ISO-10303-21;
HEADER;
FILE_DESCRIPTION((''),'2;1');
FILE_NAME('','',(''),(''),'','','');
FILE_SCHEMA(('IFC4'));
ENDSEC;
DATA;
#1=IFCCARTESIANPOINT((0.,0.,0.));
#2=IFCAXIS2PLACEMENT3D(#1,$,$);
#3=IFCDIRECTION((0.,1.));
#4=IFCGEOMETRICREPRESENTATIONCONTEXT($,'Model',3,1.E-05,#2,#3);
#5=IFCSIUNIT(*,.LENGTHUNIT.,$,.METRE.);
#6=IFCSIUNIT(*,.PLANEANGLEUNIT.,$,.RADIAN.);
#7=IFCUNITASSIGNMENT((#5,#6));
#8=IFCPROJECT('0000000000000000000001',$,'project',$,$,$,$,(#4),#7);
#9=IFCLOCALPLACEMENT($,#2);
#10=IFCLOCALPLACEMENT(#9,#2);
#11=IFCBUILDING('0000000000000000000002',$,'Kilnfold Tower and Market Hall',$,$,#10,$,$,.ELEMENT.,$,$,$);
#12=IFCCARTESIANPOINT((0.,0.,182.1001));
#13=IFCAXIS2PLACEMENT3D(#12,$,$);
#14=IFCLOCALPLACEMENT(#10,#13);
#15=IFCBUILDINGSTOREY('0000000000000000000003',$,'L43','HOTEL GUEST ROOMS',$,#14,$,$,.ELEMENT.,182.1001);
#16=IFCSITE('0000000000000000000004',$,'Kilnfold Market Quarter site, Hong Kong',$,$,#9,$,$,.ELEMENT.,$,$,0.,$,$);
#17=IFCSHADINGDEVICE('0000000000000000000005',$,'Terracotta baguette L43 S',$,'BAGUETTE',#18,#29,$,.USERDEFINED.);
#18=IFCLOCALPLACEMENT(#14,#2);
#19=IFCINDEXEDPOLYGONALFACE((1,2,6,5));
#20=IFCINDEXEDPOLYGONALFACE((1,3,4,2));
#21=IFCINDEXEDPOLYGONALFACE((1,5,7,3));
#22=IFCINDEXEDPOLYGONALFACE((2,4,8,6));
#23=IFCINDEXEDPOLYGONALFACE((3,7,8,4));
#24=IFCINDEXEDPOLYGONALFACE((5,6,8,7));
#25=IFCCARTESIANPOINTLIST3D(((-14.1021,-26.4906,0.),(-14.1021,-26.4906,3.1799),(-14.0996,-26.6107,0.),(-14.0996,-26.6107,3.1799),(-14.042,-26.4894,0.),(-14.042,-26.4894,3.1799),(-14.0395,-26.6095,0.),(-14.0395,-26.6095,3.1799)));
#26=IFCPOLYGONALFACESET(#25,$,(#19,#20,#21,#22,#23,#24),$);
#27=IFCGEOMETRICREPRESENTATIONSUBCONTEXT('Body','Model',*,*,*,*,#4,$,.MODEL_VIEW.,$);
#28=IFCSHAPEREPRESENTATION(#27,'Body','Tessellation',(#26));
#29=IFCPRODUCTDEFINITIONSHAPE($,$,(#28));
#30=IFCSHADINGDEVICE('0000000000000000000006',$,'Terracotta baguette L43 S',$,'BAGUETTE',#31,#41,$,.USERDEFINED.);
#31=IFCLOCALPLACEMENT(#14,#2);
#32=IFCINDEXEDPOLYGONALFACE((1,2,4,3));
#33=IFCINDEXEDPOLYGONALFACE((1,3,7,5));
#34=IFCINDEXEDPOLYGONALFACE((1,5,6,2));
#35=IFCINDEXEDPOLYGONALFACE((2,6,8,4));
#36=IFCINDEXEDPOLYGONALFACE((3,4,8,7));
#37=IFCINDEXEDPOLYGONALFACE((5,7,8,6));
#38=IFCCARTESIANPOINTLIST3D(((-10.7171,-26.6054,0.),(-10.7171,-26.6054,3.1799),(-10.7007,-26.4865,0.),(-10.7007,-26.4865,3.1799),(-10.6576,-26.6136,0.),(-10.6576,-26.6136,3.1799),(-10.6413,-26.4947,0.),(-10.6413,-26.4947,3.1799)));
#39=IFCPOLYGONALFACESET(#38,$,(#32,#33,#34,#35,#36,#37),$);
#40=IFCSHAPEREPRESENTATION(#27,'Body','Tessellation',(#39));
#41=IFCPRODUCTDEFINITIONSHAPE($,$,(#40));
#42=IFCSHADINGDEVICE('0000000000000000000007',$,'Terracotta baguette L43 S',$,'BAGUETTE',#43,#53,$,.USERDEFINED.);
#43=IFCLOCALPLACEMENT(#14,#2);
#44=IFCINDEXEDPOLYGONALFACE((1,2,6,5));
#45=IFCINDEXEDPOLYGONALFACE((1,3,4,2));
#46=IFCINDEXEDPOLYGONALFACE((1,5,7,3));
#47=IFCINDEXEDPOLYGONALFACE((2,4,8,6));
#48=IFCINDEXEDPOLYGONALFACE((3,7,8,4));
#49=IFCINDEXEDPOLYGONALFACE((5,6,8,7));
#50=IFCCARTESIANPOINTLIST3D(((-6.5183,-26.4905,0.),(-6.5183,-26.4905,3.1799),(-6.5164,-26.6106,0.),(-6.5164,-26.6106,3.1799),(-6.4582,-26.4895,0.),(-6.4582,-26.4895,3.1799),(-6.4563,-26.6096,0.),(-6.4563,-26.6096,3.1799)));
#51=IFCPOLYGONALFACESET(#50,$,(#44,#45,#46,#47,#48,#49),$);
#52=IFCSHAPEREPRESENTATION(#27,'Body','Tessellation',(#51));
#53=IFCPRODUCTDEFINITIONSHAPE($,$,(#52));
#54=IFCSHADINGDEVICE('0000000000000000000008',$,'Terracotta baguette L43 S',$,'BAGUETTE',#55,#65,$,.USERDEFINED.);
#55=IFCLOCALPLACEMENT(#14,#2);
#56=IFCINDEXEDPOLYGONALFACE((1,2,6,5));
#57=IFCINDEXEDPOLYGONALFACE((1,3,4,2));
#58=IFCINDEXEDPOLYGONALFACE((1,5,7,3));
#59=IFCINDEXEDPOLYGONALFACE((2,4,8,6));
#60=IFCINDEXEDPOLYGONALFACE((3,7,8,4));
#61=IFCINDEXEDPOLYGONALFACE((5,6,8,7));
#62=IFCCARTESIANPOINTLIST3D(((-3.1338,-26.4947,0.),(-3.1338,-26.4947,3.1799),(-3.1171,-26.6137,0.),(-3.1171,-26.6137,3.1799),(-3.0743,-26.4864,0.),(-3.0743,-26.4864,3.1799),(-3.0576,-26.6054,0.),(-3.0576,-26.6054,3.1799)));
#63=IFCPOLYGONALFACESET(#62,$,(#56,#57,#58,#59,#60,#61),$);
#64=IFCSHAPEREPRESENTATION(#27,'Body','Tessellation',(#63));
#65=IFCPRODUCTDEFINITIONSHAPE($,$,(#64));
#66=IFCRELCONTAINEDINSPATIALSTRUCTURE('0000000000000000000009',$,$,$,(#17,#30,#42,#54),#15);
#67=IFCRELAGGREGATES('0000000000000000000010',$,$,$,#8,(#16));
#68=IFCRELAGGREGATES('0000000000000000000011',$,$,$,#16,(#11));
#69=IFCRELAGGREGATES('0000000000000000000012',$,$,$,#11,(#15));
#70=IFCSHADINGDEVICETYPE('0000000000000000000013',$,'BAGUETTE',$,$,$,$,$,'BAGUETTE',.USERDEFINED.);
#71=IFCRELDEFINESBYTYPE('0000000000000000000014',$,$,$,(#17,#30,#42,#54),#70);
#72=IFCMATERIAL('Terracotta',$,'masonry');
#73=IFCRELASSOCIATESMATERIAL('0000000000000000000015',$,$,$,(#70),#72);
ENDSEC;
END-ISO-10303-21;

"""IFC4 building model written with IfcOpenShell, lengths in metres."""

from ifc_helpers import new_model, si_unit, direction, frame, origin, origin_2d, place, context, subcontext, project, spatial, rectangle, extrude, source, transform, mapped, material, material_profile, profile_set, type_object, element, save


model = new_model("IFC4")

# Units and contexts
model_context = context("Model", 3, precision=1e-05, world=origin(), true_north=direction((0.0, 1.0)))
body_context = subcontext(model_context, "Body", "Model", "MODEL_VIEW")
ifc_project = project(units=[si_unit("LENGTHUNIT", "METRE"), si_unit("PLANEANGLEUNIT", "RADIAN")], contexts=[model_context])

# Site, building, storey
site_placement = place(None, origin())
site = spatial("IfcSite", under=ifc_project, at=site_placement, Name="Kilnfold Market Quarter site, Hong Kong", CompositionType="ELEMENT", RefElevation=0.0)
building_placement = place(site_placement, origin())
building = spatial("IfcBuilding", under=site, at=building_placement, Name="Kilnfold Tower and Market Hall", CompositionType="ELEMENT")
storey_placement = place(building_placement, frame((0.0, 0.0, 182.1001)))
storey = spatial("IfcBuildingStorey", under=building, at=storey_placement, Name="L43", Description="HOTEL GUEST ROOMS", CompositionType="ELEMENT", Elevation=182.1001)

# Shading devices
ifc_material_1 = material(Name="Terracotta", Category="masonry")
ifc_material_profile_1 = material_profile(ifc_material_1, rectangle(XDim=0.0601, YDim=0.1201, at=origin_2d()), Name="BAG 60x120")
ifc_profile_set_1 = profile_set([ifc_material_profile_1], Name="Terracotta")
shading_device_type = type_object("IfcShadingDeviceType", Name="BAGUETTE", ElementType="BAGUETTE", PredefinedType="USERDEFINED", material=ifc_profile_set_1)
shared_shape_1 = source(origin(), body_context, "Body", "SweptSolid", [
    extrude(rectangle(XDim=0.0601, YDim=0.1201, at=origin_2d()), origin(), (0.0, 0.0, 1.0), 3.1799),
])
for number, where, z_axis, x_axis, name in (
    (1, (-14.0708, -26.55, 0.0), (0.0, 0.0, 1.0), (0.999787, 0.020655, 0.0), "Terracotta baguette L43 S"),
    (2, (-10.6792, -26.55, 0.0), (0.0, 0.0, 1.0), (0.990641, -0.136495, 0.0), "Terracotta baguette L43 S"),
    (3, (-6.4873, -26.55, 0.0), (0.0, 0.0, 1.0), (0.999875, 0.015791, 0.0), "Terracotta baguette L43 S"),
    (4, (-3.0957, -26.55, 0.0), (0.0, 0.0, 1.0), (0.990309, 0.138884, 0.0), "Terracotta baguette L43 S"),
):
    element("IfcShadingDevice", number, at=place(storey_placement, frame(where, z_axis=z_axis, x_axis=x_axis)), inside=storey, type_object=shading_device_type, Name=name, ObjectType="BAGUETTE", PredefinedType="USERDEFINED", context=body_context, shape_type="MappedRepresentation", body=[
        mapped(shared_shape_1, transform((0.0, 0.0, 0.0))),
    ])

save(model, "model.ifc")
